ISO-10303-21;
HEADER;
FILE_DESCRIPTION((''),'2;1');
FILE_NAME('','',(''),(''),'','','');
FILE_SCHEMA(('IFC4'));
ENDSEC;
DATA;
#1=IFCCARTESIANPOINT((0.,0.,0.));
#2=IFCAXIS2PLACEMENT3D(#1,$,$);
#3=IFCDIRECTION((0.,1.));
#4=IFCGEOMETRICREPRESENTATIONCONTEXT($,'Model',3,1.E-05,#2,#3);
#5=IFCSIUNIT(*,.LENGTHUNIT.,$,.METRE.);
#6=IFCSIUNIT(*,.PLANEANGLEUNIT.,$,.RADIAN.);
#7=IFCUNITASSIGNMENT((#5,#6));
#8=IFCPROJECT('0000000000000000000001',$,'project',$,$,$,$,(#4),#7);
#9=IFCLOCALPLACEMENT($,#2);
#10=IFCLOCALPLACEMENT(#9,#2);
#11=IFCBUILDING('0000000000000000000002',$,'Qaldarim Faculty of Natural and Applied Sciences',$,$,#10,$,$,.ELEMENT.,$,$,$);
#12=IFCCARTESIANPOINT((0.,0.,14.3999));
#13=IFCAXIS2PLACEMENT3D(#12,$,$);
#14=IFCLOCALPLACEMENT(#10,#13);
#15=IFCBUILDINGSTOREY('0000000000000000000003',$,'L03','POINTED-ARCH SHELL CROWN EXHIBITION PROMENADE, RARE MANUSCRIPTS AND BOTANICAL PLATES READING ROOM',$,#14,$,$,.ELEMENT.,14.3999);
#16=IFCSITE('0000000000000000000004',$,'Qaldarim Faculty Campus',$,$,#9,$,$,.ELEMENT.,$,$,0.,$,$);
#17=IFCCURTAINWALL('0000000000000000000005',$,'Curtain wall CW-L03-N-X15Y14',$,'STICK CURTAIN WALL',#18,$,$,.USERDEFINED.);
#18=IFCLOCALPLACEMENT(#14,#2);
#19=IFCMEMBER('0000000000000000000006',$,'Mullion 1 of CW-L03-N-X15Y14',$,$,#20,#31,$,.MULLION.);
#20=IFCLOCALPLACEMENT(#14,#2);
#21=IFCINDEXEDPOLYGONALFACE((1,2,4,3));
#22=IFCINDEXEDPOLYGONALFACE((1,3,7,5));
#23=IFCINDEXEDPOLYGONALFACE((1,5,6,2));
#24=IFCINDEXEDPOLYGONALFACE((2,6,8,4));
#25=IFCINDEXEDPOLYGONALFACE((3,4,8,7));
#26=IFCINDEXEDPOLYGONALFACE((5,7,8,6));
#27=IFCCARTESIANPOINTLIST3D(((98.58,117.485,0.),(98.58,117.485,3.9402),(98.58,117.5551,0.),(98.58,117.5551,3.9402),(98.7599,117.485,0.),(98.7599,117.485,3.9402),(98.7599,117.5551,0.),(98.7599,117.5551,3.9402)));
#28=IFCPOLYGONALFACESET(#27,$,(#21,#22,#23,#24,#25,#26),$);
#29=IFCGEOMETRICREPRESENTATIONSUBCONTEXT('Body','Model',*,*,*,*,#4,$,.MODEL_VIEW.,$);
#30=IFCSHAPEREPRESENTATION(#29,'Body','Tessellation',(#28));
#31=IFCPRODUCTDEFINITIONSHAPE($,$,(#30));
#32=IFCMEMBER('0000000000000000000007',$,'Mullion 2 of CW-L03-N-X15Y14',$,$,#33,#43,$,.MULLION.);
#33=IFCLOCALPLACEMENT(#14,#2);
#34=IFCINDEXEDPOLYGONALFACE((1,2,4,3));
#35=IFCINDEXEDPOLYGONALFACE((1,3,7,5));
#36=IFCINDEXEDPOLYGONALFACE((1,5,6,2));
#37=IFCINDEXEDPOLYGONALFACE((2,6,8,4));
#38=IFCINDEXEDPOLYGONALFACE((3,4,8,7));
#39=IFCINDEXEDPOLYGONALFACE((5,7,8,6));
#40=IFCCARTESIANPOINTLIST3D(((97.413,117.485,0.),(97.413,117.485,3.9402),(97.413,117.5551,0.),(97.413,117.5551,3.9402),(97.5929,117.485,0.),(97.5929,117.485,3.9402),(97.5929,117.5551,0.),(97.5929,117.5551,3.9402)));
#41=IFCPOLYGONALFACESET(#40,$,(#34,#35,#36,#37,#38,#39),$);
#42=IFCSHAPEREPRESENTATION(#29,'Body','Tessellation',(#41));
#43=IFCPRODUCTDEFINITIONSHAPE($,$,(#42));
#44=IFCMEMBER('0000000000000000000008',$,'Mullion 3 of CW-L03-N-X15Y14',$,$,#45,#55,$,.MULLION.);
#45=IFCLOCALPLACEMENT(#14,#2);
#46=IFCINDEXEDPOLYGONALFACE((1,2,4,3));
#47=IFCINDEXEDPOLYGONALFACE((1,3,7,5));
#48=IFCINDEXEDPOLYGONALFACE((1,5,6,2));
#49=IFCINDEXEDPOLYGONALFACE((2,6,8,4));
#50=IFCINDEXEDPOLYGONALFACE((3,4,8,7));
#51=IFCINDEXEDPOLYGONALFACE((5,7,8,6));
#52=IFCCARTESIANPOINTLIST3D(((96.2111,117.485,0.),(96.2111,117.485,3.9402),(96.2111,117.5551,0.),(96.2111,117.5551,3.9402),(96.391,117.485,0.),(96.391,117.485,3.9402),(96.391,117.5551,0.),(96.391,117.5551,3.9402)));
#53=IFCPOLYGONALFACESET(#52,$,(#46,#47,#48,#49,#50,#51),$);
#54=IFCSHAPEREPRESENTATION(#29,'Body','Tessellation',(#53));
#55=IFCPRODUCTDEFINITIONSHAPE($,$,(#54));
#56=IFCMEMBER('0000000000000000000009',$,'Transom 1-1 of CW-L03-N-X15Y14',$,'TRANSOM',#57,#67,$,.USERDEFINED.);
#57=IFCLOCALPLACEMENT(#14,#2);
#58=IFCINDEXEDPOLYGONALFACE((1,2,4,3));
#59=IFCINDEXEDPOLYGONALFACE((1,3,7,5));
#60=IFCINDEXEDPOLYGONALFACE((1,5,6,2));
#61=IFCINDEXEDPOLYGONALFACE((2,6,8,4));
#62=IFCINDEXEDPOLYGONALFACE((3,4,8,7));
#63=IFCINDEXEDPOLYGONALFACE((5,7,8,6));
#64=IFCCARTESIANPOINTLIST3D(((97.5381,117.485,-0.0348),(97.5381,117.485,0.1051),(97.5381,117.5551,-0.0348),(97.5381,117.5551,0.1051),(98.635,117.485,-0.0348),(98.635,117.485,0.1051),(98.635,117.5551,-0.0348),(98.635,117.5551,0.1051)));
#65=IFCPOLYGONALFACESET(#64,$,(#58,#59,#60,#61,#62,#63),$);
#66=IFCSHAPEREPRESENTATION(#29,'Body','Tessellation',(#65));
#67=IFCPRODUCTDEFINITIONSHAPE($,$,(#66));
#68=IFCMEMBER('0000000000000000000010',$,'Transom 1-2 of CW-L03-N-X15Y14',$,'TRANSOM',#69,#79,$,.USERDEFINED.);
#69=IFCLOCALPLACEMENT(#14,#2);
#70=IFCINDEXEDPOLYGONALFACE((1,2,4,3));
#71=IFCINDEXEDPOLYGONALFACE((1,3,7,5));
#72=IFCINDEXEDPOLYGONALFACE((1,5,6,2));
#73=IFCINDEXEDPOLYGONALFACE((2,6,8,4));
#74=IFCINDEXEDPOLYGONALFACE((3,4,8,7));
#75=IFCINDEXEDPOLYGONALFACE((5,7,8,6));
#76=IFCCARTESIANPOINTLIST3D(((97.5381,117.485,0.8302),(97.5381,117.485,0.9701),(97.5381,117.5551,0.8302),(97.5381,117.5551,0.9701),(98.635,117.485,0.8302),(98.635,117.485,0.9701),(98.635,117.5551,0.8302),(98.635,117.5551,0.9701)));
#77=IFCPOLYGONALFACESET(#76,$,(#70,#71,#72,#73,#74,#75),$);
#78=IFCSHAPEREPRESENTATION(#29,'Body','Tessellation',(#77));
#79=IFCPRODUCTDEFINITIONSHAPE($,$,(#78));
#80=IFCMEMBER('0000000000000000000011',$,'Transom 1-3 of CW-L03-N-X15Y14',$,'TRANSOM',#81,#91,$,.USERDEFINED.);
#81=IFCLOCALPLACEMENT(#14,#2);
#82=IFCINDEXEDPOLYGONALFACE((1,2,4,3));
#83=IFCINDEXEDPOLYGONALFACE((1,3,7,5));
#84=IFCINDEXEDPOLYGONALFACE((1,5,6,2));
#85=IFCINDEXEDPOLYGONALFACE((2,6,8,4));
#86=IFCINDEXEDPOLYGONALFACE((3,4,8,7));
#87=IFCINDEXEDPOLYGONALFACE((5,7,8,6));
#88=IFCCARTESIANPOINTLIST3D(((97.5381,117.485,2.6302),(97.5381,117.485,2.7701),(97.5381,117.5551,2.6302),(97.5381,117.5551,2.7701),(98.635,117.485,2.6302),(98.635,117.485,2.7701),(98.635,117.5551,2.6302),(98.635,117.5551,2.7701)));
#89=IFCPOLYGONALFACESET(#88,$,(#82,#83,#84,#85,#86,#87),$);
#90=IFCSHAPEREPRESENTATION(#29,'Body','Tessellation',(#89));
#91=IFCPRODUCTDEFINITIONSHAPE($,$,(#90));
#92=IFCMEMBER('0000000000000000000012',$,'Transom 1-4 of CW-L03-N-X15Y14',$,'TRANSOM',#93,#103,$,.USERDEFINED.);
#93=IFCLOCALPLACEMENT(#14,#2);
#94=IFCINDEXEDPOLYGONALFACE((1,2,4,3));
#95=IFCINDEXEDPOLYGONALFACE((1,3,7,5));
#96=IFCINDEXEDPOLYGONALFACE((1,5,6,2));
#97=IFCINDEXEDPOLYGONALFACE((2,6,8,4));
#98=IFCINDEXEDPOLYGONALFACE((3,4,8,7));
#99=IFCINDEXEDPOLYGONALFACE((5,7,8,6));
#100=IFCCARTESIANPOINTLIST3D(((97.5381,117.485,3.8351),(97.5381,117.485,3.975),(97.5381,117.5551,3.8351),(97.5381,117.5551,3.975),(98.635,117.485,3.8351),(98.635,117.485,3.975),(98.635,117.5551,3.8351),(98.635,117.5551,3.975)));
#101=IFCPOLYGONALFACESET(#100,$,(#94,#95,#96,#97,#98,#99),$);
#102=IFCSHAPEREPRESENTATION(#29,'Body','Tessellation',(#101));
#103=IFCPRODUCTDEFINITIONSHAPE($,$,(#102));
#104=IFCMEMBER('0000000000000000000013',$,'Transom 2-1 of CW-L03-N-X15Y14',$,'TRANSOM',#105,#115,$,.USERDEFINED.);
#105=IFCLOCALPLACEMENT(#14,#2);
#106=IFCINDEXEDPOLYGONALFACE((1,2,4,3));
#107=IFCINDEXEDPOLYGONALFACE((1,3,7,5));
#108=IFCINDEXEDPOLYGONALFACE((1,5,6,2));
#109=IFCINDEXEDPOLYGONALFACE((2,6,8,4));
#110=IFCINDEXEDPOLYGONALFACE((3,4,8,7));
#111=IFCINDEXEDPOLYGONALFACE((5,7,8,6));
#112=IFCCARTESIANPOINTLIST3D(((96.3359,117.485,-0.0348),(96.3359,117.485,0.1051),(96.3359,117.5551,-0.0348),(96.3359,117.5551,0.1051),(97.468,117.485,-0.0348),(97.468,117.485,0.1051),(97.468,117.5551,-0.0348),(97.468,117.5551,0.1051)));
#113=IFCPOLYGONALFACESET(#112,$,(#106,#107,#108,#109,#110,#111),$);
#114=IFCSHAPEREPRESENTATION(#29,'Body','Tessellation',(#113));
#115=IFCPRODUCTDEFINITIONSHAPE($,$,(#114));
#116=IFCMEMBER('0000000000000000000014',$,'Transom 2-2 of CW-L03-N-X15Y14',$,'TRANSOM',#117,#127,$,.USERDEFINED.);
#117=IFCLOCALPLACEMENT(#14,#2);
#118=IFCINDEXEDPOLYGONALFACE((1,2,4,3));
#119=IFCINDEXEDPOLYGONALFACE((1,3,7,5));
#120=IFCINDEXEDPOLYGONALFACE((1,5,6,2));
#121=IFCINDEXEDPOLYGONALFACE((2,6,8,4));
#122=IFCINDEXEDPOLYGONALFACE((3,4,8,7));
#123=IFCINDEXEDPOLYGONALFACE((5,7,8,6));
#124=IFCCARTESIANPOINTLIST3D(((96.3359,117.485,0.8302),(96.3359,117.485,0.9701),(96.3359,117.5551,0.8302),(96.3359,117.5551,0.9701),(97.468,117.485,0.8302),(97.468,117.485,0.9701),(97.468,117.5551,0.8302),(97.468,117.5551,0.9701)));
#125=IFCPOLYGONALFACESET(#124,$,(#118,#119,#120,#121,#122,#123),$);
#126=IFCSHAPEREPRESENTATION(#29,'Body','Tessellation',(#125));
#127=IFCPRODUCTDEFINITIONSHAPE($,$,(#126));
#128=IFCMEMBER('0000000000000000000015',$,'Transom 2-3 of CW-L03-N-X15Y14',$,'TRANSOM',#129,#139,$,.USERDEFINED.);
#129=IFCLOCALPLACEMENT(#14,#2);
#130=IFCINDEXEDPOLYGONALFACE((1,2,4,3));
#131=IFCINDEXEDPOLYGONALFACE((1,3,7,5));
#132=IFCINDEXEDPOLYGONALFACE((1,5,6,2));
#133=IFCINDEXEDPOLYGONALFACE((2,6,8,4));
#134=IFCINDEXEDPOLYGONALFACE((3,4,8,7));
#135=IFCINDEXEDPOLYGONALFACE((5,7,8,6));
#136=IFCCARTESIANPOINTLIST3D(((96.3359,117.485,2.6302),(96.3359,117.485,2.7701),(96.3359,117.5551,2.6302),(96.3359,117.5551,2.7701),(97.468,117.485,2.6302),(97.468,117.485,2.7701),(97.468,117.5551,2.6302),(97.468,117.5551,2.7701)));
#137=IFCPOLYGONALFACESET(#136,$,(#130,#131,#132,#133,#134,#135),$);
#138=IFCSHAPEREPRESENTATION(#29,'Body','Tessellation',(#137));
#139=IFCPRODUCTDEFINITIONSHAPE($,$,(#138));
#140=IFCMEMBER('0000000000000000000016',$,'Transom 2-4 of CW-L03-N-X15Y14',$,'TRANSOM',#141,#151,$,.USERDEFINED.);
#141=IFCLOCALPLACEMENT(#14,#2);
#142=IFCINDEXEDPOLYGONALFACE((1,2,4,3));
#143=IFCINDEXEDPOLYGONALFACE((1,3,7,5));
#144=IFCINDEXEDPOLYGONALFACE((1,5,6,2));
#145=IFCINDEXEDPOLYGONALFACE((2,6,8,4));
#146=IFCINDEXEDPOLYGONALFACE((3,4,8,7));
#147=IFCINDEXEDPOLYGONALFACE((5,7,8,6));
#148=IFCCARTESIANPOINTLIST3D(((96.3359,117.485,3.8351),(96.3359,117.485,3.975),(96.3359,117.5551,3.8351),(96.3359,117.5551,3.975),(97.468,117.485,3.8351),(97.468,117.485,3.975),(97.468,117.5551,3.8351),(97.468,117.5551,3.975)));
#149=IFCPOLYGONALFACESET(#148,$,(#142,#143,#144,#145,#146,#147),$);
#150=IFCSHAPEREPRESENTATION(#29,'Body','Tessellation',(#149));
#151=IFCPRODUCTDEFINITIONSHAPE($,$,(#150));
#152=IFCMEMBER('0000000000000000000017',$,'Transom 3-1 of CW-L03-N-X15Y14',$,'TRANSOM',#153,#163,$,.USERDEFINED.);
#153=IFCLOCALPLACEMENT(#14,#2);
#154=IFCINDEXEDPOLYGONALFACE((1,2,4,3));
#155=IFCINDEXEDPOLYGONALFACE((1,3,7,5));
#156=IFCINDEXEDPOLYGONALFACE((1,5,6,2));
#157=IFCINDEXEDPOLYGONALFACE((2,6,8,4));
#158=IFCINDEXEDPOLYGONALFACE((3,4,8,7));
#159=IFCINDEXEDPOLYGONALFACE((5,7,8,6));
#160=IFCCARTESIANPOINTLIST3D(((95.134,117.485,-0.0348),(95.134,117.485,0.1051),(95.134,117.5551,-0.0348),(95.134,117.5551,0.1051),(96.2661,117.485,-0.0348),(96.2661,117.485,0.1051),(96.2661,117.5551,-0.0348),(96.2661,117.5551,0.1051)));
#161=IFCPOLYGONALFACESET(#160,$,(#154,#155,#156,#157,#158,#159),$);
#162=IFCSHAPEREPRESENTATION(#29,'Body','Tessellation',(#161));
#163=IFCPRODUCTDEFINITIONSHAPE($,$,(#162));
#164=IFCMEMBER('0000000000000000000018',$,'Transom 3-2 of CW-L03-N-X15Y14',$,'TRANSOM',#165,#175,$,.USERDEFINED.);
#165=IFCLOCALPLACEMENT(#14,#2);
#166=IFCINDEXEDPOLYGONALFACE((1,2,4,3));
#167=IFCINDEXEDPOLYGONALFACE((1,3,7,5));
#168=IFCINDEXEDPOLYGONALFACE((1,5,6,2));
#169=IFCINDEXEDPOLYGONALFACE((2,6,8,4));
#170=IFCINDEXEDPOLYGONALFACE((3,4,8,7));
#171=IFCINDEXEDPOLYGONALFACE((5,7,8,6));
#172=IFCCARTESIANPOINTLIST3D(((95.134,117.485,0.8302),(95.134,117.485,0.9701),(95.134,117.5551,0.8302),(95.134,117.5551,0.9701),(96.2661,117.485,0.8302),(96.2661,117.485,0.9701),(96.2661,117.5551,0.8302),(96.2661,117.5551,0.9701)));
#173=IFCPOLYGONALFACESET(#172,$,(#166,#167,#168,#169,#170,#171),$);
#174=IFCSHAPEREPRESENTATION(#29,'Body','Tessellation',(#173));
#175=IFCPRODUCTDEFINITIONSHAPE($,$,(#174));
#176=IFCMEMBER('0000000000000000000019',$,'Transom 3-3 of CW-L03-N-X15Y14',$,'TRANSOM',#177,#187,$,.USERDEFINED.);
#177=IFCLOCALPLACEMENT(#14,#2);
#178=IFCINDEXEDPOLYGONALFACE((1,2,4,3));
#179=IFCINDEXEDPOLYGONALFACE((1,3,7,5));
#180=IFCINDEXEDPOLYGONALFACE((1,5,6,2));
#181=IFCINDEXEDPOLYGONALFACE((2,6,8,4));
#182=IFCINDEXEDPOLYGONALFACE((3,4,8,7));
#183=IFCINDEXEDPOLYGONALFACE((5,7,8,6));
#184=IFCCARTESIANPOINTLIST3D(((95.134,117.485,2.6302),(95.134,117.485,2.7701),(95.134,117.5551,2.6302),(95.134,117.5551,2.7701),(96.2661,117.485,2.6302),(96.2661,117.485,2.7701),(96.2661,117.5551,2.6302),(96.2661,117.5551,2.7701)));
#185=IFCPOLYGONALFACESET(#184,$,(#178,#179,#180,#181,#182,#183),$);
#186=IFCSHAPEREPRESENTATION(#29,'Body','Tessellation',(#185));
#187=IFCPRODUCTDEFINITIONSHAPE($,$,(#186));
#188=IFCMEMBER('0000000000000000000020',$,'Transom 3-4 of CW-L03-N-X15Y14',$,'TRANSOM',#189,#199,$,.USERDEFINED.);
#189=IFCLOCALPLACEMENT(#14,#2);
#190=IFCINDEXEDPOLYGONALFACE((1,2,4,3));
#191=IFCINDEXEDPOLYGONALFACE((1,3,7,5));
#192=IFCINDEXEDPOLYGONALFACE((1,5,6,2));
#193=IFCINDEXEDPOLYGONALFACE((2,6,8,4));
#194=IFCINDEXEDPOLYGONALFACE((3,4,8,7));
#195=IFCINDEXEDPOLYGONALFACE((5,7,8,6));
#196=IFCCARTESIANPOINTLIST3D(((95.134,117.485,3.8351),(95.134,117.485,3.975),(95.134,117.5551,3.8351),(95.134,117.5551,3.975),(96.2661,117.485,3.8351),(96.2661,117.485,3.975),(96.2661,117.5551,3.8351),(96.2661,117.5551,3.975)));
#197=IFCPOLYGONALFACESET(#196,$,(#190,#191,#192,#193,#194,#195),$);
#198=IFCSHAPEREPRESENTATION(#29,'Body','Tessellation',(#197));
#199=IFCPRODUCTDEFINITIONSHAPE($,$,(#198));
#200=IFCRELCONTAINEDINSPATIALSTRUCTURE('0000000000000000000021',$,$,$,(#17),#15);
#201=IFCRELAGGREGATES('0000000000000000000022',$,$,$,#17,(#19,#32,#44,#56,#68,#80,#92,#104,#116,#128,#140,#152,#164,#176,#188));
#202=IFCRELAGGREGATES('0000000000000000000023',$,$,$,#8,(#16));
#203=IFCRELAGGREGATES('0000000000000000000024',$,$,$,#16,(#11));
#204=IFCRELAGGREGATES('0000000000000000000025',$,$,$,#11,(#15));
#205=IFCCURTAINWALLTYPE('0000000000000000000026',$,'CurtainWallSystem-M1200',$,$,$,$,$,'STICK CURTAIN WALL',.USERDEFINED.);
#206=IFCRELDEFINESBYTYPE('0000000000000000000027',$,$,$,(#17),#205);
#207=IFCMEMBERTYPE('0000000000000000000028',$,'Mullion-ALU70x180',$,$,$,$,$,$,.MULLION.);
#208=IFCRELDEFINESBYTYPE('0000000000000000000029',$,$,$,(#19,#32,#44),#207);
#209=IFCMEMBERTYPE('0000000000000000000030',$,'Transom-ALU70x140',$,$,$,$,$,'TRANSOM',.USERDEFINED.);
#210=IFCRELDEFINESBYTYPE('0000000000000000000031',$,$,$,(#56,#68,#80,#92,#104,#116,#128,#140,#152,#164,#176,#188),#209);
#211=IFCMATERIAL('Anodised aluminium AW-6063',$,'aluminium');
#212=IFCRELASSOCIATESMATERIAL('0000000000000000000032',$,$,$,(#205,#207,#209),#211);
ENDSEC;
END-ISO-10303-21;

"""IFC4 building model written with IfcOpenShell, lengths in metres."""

from ifc_helpers import new_model, si_unit, direction, frame, origin, origin_2d, place, context, subcontext, project, spatial, rectangle, extrude, material, material_profile, profile_set, type_object, element, aggregate, save


model = new_model("IFC4")

# Units and contexts
model_context = context("Model", 3, precision=1e-05, world=origin(), true_north=direction((0.0, 1.0)))
body_context = subcontext(model_context, "Body", "Model", "MODEL_VIEW")
ifc_project = project(units=[si_unit("LENGTHUNIT", "METRE"), si_unit("PLANEANGLEUNIT", "RADIAN")], contexts=[model_context])

# Site, building, storey
site_placement = place(None, origin())
site = spatial("IfcSite", under=ifc_project, at=site_placement, Name="Qaldarim Faculty Campus", CompositionType="ELEMENT", RefElevation=0.0)
building_placement = place(site_placement, origin())
building = spatial("IfcBuilding", under=site, at=building_placement, Name="Qaldarim Faculty of Natural and Applied Sciences", CompositionType="ELEMENT")
storey_placement = place(building_placement, frame((0.0, 0.0, 14.3999)))
storey = spatial("IfcBuildingStorey", under=building, at=storey_placement, Name="L03", Description="POINTED-ARCH SHELL CROWN EXHIBITION PROMENADE, RARE MANUSCRIPTS AND BOTANICAL PLATES READING ROOM", CompositionType="ELEMENT", Elevation=14.3999)

# Curtain wall, members
ifc_material_1 = material(Name="Anodised aluminium AW-6063", Category="aluminium")
curtain_wall_type = type_object("IfcCurtainWallType", Name="CurtainWallSystem-M1200", ElementType="STICK CURTAIN WALL", PredefinedType="USERDEFINED", material=ifc_material_1)
curtain_wall_placement = place(storey_placement, origin())
curtain_wall = element("IfcCurtainWall", 1, at=curtain_wall_placement, inside=storey, type_object=curtain_wall_type, Name="Curtain wall CW-L03-N-X15Y14", ObjectType="STICK CURTAIN WALL", PredefinedType="USERDEFINED")
ifc_material_profile_1 = material_profile(ifc_material_1, rectangle(XDim=0.0701, YDim=0.1799, at=origin_2d()), Name="ALU-M70x180")
ifc_profile_set_1 = profile_set([ifc_material_profile_1], Name="Anodised aluminium AW-6063")
member_type_1 = type_object("IfcMemberType", Name="Mullion-ALU70x180", PredefinedType="MULLION", material=ifc_profile_set_1)
member_1_placement = place(storey_placement, frame((98.6699, 117.52, 0.0), z_axis=(0.0, 0.0, 1.0), x_axis=(0.0, -1.0, 0.0)))
member_1 = element("IfcMember", 2, at=member_1_placement, type_object=member_type_1, Name="Mullion 1 of CW-L03-N-X15Y14", PredefinedType="MULLION", context=body_context, shape_type="SweptSolid", body=[
    extrude(rectangle(XDim=0.0701, YDim=0.1799, at=origin_2d()), origin(), (0.0, 0.0, 1.0), 3.9402),
])
member_2_placement = place(storey_placement, frame((97.5029, 117.52, 0.0), z_axis=(0.0, 0.0, 1.0), x_axis=(0.0, -1.0, 0.0)))
member_2 = element("IfcMember", 3, at=member_2_placement, type_object=member_type_1, Name="Mullion 2 of CW-L03-N-X15Y14", PredefinedType="MULLION", context=body_context, shape_type="SweptSolid", body=[
    extrude(rectangle(XDim=0.0701, YDim=0.1799, at=origin_2d()), origin(), (0.0, 0.0, 1.0), 3.9402),
])
member_3_placement = place(storey_placement, frame((96.301, 117.52, 0.0), z_axis=(0.0, 0.0, 1.0), x_axis=(0.0, -1.0, 0.0)))
member_3 = element("IfcMember", 4, at=member_3_placement, type_object=member_type_1, Name="Mullion 3 of CW-L03-N-X15Y14", PredefinedType="MULLION", context=body_context, shape_type="SweptSolid", body=[
    extrude(rectangle(XDim=0.0701, YDim=0.1799, at=origin_2d()), origin(), (0.0, 0.0, 1.0), 3.9402),
])
ifc_material_profile_2 = material_profile(ifc_material_1, rectangle(XDim=0.0701, YDim=0.1399, at=origin_2d()), Name="ALU-T70x140")
ifc_profile_set_2 = profile_set([ifc_material_profile_2], Name="Anodised aluminium AW-6063")
member_type_2 = type_object("IfcMemberType", Name="Transom-ALU70x140", ElementType="TRANSOM", PredefinedType="USERDEFINED", material=ifc_profile_set_2)
member_4_placement = place(storey_placement, frame((98.635, 117.52, 0.0352), z_axis=(-1.0, 0.0, 0.0), x_axis=(0.0, -1.0, 0.0)))
member_4 = element("IfcMember", 5, at=member_4_placement, type_object=member_type_2, Name="Transom 1-1 of CW-L03-N-X15Y14", ObjectType="TRANSOM", PredefinedType="USERDEFINED", context=body_context, shape_type="SweptSolid", body=[
    extrude(rectangle(XDim=0.0701, YDim=0.1399, at=origin_2d()), origin(), (0.0, 0.0, 1.0), 1.0969),
])
member_5_placement = place(storey_placement, frame((98.635, 117.52, 0.9001), z_axis=(-1.0, 0.0, 0.0), x_axis=(0.0, -1.0, 0.0)))
member_5 = element("IfcMember", 6, at=member_5_placement, type_object=member_type_2, Name="Transom 1-2 of CW-L03-N-X15Y14", ObjectType="TRANSOM", PredefinedType="USERDEFINED", context=body_context, shape_type="SweptSolid", body=[
    extrude(rectangle(XDim=0.0701, YDim=0.1399, at=origin_2d()), origin(), (0.0, 0.0, 1.0), 1.0969),
])
member_6_placement = place(storey_placement, frame((98.635, 117.52, 2.7002), z_axis=(-1.0, 0.0, 0.0), x_axis=(0.0, -1.0, 0.0)))
member_6 = element("IfcMember", 7, at=member_6_placement, type_object=member_type_2, Name="Transom 1-3 of CW-L03-N-X15Y14", ObjectType="TRANSOM", PredefinedType="USERDEFINED", context=body_context, shape_type="SweptSolid", body=[
    extrude(rectangle(XDim=0.0701, YDim=0.1399, at=origin_2d()), origin(), (0.0, 0.0, 1.0), 1.0969),
])
member_7_placement = place(storey_placement, frame((98.635, 117.52, 3.905), z_axis=(-1.0, 0.0, 0.0), x_axis=(0.0, -1.0, 0.0)))
member_7 = element("IfcMember", 8, at=member_7_placement, type_object=member_type_2, Name="Transom 1-4 of CW-L03-N-X15Y14", ObjectType="TRANSOM", PredefinedType="USERDEFINED", context=body_context, shape_type="SweptSolid", body=[
    extrude(rectangle(XDim=0.0701, YDim=0.1399, at=origin_2d()), origin(), (0.0, 0.0, 1.0), 1.0969),
])
member_8_placement = place(storey_placement, frame((97.468, 117.52, 0.0352), z_axis=(-1.0, 0.0, 0.0), x_axis=(0.0, -1.0, 0.0)))
member_8 = element("IfcMember", 9, at=member_8_placement, type_object=member_type_2, Name="Transom 2-1 of CW-L03-N-X15Y14", ObjectType="TRANSOM", PredefinedType="USERDEFINED", context=body_context, shape_type="SweptSolid", body=[
    extrude(rectangle(XDim=0.0701, YDim=0.1399, at=origin_2d()), origin(), (0.0, 0.0, 1.0), 1.1321),
])
member_9_placement = place(storey_placement, frame((97.468, 117.52, 0.9001), z_axis=(-1.0, 0.0, 0.0), x_axis=(0.0, -1.0, 0.0)))
member_9 = element("IfcMember", 10, at=member_9_placement, type_object=member_type_2, Name="Transom 2-2 of CW-L03-N-X15Y14", ObjectType="TRANSOM", PredefinedType="USERDEFINED", context=body_context, shape_type="SweptSolid", body=[
    extrude(rectangle(XDim=0.0701, YDim=0.1399, at=origin_2d()), origin(), (0.0, 0.0, 1.0), 1.1321),
])
member_10_placement = place(storey_placement, frame((97.468, 117.52, 2.7002), z_axis=(-1.0, 0.0, 0.0), x_axis=(0.0, -1.0, 0.0)))
member_10 = element("IfcMember", 11, at=member_10_placement, type_object=member_type_2, Name="Transom 2-3 of CW-L03-N-X15Y14", ObjectType="TRANSOM", PredefinedType="USERDEFINED", context=body_context, shape_type="SweptSolid", body=[
    extrude(rectangle(XDim=0.0701, YDim=0.1399, at=origin_2d()), origin(), (0.0, 0.0, 1.0), 1.1321),
])
member_11_placement = place(storey_placement, frame((97.468, 117.52, 3.905), z_axis=(-1.0, 0.0, 0.0), x_axis=(0.0, -1.0, 0.0)))
member_11 = element("IfcMember", 12, at=member_11_placement, type_object=member_type_2, Name="Transom 2-4 of CW-L03-N-X15Y14", ObjectType="TRANSOM", PredefinedType="USERDEFINED", context=body_context, shape_type="SweptSolid", body=[
    extrude(rectangle(XDim=0.0701, YDim=0.1399, at=origin_2d()), origin(), (0.0, 0.0, 1.0), 1.1321),
])
member_12_placement = place(storey_placement, frame((96.2661, 117.52, 0.0352), z_axis=(-1.0, 0.0, 0.0), x_axis=(0.0, -1.0, 0.0)))
member_12 = element("IfcMember", 13, at=member_12_placement, type_object=member_type_2, Name="Transom 3-1 of CW-L03-N-X15Y14", ObjectType="TRANSOM", PredefinedType="USERDEFINED", context=body_context, shape_type="SweptSolid", body=[
    extrude(rectangle(XDim=0.0701, YDim=0.1399, at=origin_2d()), origin(), (0.0, 0.0, 1.0), 1.1321),
])
member_13_placement = place(storey_placement, frame((96.2661, 117.52, 0.9001), z_axis=(-1.0, 0.0, 0.0), x_axis=(0.0, -1.0, 0.0)))
member_13 = element("IfcMember", 14, at=member_13_placement, type_object=member_type_2, Name="Transom 3-2 of CW-L03-N-X15Y14", ObjectType="TRANSOM", PredefinedType="USERDEFINED", context=body_context, shape_type="SweptSolid", body=[
    extrude(rectangle(XDim=0.0701, YDim=0.1399, at=origin_2d()), origin(), (0.0, 0.0, 1.0), 1.1321),
])
member_14_placement = place(storey_placement, frame((96.2661, 117.52, 2.7002), z_axis=(-1.0, 0.0, 0.0), x_axis=(0.0, -1.0, 0.0)))
member_14 = element("IfcMember", 15, at=member_14_placement, type_object=member_type_2, Name="Transom 3-3 of CW-L03-N-X15Y14", ObjectType="TRANSOM", PredefinedType="USERDEFINED", context=body_context, shape_type="SweptSolid", body=[
    extrude(rectangle(XDim=0.0701, YDim=0.1399, at=origin_2d()), origin(), (0.0, 0.0, 1.0), 1.1321),
])
member_15_placement = place(storey_placement, frame((96.2661, 117.52, 3.905), z_axis=(-1.0, 0.0, 0.0), x_axis=(0.0, -1.0, 0.0)))
member_15 = element("IfcMember", 16, at=member_15_placement, type_object=member_type_2, Name="Transom 3-4 of CW-L03-N-X15Y14", ObjectType="TRANSOM", PredefinedType="USERDEFINED", context=body_context, shape_type="SweptSolid", body=[
    extrude(rectangle(XDim=0.0701, YDim=0.1399, at=origin_2d()), origin(), (0.0, 0.0, 1.0), 1.1321),
])
aggregate(curtain_wall, [member_1, member_2, member_3, member_4, member_5, member_6, member_7, member_8, member_9, member_10, member_11, member_12, member_13, member_14, member_15])

save(model, "model.ifc")
